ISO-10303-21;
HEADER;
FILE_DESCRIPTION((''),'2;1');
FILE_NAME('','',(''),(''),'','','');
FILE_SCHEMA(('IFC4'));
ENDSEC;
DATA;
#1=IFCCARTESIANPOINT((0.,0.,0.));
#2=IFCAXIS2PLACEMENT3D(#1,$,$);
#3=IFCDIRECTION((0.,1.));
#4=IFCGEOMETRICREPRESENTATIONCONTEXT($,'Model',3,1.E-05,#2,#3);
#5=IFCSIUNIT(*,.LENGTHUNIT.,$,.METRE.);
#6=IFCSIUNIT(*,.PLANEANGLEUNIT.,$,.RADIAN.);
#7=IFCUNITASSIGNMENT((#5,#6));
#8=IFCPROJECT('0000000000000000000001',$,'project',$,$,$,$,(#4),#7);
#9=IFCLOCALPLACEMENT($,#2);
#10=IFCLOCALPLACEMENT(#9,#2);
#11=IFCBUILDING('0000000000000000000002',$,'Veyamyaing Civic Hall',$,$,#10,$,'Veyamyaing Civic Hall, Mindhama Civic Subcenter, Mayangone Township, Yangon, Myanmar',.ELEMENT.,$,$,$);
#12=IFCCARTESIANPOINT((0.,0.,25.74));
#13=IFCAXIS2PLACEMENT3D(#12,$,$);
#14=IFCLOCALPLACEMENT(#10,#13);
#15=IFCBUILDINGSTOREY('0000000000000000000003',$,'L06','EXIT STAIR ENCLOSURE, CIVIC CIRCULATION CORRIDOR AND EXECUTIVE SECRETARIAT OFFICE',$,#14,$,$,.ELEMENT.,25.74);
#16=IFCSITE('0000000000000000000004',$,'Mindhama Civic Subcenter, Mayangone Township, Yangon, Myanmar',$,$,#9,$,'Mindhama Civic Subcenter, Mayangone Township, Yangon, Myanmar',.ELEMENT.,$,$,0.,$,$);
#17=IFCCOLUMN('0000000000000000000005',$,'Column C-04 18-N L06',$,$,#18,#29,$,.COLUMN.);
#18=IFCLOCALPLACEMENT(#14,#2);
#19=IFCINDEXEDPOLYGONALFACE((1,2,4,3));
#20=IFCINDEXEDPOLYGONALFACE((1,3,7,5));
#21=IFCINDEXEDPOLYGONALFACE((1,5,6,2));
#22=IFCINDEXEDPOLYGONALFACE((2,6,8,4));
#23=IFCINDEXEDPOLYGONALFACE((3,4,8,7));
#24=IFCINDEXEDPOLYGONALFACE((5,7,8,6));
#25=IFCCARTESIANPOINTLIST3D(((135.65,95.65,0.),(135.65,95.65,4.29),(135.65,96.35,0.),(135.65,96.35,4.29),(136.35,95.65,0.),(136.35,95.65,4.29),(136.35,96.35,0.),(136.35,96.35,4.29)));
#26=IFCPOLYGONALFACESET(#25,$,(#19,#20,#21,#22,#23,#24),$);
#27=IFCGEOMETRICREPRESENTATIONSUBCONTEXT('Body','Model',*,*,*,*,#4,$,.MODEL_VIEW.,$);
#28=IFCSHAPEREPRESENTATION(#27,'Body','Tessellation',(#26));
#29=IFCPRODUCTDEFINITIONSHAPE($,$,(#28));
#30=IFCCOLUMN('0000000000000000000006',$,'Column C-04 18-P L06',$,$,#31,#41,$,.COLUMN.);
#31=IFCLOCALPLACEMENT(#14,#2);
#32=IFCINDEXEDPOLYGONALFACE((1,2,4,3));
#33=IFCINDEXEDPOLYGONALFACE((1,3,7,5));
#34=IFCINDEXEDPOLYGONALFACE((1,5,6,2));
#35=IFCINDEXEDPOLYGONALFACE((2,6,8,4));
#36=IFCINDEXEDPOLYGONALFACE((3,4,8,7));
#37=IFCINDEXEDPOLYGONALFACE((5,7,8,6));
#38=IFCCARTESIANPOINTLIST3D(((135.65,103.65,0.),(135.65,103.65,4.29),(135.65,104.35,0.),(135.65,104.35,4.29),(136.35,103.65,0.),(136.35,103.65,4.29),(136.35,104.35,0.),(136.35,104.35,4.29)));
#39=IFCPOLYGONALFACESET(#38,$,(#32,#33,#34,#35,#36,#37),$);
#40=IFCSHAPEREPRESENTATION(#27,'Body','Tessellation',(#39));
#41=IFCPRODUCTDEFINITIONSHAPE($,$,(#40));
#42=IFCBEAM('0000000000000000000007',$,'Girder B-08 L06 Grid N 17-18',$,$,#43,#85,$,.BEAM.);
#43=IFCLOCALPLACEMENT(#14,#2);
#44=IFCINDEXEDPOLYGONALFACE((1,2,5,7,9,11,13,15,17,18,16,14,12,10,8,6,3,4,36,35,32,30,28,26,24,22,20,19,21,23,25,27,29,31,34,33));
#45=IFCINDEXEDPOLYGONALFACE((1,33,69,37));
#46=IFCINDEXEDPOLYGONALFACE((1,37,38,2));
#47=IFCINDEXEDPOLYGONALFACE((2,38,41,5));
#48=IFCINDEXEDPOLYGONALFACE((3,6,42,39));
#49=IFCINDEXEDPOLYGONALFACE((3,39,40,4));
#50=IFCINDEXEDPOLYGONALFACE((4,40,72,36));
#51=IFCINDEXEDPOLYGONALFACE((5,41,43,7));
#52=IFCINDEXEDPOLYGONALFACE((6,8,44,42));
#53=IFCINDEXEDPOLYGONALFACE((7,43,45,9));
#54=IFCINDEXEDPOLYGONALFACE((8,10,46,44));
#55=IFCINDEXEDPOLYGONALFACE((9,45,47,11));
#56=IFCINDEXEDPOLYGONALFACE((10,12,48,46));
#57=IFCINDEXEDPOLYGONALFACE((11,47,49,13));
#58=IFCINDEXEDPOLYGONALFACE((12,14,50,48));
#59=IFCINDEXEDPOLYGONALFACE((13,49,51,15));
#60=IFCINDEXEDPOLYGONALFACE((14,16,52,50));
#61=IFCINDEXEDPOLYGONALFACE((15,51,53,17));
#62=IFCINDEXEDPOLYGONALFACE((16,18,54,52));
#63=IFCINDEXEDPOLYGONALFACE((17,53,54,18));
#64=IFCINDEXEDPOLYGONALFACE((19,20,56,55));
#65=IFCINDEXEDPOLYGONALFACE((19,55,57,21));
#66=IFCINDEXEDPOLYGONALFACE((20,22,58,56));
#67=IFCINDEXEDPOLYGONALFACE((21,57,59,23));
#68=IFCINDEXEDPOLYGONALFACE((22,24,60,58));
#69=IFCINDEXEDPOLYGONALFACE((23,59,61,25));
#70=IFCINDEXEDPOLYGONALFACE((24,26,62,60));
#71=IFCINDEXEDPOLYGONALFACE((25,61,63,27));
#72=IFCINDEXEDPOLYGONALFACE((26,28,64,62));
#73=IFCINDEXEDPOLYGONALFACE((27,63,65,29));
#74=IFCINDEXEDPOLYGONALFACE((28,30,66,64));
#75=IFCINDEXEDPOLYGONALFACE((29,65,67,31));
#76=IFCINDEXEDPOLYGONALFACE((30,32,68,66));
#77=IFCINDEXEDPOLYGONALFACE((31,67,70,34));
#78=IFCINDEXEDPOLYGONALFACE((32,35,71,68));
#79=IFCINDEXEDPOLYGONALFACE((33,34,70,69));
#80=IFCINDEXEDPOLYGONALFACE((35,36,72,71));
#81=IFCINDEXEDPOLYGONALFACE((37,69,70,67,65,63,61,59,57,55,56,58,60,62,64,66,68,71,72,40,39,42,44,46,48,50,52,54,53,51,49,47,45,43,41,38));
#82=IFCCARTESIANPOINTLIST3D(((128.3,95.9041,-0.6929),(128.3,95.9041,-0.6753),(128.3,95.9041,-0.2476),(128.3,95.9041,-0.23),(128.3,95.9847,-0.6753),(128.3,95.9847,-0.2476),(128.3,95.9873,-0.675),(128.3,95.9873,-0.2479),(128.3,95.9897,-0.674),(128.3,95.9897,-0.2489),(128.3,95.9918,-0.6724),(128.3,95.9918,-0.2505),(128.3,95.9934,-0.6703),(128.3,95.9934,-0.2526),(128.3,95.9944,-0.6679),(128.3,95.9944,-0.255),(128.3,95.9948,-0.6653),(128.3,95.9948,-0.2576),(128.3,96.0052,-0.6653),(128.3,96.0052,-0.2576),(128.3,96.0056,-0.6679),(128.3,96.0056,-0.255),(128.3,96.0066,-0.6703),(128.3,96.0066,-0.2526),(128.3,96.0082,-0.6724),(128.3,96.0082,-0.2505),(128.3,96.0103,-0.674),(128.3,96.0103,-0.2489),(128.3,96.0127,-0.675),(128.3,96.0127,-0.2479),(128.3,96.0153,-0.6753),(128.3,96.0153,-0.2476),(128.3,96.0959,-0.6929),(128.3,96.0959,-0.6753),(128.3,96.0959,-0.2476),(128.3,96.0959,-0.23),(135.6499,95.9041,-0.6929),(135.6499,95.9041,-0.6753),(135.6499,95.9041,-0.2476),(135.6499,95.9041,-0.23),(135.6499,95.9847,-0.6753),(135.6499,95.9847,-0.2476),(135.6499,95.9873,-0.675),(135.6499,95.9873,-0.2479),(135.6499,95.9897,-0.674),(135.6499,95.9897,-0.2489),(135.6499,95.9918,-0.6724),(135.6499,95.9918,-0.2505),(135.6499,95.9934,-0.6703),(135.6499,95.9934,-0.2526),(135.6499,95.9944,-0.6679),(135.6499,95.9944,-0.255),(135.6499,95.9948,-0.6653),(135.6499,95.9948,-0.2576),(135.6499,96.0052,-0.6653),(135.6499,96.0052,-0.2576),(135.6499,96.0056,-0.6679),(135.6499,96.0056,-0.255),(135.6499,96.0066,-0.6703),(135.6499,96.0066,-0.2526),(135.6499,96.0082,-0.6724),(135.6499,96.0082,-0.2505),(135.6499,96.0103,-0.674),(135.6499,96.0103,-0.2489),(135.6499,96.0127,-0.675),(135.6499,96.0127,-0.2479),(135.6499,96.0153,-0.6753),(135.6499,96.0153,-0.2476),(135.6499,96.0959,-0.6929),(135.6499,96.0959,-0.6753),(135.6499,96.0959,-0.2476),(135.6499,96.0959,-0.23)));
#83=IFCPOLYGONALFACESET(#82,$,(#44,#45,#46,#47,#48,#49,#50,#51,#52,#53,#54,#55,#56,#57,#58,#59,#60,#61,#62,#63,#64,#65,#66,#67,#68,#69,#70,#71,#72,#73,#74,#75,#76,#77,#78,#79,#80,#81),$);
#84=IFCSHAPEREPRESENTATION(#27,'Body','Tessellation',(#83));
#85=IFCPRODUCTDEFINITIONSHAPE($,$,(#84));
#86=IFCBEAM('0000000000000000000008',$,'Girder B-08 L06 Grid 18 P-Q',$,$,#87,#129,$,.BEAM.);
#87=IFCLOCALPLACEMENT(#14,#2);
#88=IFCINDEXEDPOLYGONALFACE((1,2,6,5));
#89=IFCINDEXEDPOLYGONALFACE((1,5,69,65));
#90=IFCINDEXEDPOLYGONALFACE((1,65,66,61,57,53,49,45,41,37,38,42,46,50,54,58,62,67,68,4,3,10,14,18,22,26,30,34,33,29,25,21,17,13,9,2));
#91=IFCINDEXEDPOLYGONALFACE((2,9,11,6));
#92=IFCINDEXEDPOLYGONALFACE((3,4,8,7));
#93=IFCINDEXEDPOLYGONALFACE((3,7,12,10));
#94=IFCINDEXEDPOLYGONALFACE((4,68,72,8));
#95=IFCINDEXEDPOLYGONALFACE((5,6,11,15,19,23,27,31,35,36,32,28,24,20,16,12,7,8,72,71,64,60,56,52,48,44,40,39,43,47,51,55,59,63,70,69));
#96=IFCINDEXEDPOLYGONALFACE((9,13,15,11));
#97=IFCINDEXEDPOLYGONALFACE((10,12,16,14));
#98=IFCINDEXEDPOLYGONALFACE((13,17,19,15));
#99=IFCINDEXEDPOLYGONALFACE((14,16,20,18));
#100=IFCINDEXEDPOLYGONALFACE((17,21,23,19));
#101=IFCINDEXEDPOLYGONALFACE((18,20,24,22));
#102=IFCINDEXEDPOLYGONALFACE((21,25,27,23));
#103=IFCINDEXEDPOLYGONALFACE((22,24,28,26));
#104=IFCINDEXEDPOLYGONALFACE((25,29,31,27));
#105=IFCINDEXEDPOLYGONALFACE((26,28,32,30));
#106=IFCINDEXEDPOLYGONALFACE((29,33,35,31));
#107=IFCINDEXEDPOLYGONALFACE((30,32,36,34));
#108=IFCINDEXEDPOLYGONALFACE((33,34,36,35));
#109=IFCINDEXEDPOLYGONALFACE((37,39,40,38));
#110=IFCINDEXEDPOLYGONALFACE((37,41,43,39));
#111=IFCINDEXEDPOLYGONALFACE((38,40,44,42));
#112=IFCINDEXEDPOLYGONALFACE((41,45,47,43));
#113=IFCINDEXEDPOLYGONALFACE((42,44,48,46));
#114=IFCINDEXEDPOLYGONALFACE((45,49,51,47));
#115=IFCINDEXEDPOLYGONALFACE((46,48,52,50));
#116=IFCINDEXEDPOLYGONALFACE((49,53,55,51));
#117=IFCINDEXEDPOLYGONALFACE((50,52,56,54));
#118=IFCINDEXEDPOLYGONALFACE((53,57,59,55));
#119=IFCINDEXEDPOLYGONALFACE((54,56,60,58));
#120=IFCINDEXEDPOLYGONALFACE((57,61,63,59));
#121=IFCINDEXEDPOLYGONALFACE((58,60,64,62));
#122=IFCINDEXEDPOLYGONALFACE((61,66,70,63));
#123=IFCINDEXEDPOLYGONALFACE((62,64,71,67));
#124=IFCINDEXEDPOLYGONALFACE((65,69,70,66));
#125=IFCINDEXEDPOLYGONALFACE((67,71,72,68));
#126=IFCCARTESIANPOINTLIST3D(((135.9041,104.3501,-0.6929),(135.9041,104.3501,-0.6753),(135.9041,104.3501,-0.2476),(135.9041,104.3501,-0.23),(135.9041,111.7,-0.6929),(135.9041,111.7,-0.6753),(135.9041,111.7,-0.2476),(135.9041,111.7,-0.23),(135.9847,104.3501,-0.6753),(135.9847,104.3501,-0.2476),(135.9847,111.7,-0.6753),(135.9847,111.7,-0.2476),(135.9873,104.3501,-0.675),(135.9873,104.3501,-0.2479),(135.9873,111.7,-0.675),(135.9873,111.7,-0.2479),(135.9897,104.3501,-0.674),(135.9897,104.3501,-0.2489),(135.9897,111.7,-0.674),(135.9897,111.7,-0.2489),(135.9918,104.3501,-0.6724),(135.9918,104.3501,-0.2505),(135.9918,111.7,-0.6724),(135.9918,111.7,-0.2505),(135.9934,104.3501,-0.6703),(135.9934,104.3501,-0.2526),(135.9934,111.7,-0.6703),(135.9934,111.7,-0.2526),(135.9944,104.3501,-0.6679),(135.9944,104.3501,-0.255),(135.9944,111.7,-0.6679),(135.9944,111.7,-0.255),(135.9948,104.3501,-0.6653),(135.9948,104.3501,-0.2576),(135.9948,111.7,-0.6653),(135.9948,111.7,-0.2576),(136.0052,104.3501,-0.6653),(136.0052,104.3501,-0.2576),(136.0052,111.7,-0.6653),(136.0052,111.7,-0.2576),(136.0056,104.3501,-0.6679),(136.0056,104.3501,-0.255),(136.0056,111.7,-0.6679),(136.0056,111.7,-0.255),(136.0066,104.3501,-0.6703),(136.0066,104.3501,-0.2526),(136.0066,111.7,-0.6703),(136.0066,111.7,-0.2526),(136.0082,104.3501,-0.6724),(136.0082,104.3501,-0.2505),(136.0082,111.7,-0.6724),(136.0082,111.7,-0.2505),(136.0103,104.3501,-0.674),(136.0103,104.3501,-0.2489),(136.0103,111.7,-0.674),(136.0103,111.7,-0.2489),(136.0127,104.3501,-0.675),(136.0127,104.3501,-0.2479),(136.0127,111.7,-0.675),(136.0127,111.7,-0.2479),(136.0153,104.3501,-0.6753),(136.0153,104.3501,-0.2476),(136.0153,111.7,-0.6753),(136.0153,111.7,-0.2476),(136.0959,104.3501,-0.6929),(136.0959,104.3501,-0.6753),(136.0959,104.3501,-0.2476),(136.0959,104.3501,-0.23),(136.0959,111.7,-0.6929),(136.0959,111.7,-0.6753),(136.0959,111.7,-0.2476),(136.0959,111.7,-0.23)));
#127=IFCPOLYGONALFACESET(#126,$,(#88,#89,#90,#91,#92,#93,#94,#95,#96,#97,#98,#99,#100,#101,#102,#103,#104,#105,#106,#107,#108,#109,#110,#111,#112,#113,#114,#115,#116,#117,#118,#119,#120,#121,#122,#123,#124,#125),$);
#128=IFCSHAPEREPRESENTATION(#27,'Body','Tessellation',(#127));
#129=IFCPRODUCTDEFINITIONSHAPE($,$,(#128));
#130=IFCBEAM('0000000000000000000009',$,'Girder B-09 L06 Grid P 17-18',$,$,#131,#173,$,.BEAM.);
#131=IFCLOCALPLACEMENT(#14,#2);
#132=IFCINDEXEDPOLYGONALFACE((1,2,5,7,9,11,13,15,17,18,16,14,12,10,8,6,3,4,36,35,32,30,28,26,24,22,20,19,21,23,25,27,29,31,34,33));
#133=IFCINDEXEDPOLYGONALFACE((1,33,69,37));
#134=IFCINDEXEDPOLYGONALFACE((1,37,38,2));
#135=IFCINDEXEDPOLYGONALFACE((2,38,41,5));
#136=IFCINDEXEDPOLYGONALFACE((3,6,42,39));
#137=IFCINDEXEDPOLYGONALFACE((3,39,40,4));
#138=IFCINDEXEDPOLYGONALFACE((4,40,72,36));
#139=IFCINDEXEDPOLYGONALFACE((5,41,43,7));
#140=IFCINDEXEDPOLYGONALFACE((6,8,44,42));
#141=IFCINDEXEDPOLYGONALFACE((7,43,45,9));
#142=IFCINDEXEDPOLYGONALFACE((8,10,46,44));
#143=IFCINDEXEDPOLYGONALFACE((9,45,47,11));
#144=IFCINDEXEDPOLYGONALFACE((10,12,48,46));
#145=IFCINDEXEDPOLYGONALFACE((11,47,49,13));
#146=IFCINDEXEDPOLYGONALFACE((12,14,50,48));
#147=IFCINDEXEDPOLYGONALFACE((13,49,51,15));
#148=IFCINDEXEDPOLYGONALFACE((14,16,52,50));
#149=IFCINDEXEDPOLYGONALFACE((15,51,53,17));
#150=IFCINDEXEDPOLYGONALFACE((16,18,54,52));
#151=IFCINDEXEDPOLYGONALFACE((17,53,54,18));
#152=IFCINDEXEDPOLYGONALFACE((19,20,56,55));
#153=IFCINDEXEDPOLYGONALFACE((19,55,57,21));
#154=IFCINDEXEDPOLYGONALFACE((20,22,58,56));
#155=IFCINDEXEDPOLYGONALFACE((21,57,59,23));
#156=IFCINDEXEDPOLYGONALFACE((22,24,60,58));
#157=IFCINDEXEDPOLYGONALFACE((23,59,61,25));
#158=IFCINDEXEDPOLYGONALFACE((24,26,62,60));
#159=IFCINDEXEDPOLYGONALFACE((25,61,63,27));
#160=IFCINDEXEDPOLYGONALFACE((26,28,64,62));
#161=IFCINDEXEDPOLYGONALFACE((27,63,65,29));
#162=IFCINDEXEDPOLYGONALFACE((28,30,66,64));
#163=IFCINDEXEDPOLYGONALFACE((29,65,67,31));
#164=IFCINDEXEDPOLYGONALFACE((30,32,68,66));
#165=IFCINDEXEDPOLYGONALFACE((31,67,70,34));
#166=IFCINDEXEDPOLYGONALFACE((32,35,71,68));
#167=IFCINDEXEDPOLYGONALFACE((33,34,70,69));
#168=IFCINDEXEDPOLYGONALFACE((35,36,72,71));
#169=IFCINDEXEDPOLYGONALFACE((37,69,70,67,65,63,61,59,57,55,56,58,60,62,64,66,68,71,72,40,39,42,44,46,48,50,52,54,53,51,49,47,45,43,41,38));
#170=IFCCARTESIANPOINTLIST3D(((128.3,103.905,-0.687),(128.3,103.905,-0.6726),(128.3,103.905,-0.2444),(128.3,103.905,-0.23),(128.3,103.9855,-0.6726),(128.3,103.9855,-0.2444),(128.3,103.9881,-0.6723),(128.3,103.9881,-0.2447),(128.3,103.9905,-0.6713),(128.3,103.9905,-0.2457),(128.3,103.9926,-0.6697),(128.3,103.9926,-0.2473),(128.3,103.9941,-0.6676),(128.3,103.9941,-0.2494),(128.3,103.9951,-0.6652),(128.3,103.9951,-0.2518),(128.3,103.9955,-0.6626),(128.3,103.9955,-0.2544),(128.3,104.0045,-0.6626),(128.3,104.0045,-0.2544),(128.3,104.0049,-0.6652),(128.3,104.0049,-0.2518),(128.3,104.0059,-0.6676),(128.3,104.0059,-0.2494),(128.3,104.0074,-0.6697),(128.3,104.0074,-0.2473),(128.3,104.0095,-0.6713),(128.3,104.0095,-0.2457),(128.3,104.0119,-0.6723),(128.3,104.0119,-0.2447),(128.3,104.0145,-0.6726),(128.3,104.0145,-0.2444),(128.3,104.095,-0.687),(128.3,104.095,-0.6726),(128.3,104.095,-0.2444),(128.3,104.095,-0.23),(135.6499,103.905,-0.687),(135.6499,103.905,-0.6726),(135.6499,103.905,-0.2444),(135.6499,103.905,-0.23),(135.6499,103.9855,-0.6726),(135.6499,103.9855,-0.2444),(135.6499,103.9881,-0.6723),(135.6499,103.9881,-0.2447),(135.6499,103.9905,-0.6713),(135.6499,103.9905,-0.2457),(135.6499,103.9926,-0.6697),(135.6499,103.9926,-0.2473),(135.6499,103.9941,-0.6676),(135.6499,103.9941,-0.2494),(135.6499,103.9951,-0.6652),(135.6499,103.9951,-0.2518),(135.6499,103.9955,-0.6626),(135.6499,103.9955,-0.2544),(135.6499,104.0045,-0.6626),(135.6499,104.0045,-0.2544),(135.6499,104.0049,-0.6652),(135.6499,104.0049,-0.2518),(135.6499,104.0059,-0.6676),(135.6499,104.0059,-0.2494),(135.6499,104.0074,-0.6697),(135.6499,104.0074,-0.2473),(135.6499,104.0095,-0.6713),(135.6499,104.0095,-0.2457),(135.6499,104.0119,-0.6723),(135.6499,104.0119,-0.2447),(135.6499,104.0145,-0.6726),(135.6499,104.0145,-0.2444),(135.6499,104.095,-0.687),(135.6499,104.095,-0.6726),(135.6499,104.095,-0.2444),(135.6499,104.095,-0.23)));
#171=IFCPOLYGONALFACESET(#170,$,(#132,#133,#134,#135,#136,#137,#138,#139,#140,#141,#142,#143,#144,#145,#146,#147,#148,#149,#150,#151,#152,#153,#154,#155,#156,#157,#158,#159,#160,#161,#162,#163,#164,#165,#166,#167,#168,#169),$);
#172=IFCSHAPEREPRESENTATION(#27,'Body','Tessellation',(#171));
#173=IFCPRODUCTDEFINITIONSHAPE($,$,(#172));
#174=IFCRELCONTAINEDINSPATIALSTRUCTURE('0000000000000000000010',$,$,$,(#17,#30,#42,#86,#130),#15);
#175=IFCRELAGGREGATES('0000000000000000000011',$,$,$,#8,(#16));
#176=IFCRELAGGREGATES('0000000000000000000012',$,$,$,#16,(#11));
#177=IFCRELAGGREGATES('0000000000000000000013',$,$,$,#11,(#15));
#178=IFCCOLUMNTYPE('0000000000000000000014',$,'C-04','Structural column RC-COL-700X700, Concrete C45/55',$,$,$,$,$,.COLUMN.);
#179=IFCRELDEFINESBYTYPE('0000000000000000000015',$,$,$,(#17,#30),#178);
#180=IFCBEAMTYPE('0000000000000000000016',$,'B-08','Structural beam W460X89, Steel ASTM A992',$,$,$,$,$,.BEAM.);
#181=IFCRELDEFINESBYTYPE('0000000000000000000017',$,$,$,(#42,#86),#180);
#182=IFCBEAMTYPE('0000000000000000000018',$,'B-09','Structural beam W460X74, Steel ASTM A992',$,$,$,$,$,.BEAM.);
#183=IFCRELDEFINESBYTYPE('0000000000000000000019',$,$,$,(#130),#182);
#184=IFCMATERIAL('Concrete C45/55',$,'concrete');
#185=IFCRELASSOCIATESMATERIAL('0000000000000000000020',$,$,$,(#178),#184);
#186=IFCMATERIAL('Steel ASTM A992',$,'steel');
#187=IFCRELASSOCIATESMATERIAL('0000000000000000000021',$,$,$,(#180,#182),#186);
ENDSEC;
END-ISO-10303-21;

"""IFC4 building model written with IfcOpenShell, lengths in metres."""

from ifc_helpers import new_model, si_unit, direction, frame, origin, origin_2d, place, context, subcontext, project, spatial, rectangle, i_section, extrude, material, material_profile, profile_set, type_object, element, save


model = new_model("IFC4")

# Units and contexts
model_context = context("Model", 3, precision=1e-05, world=origin(), true_north=direction((0.0, 1.0)))
body_context = subcontext(model_context, "Body", "Model", "MODEL_VIEW")
ifc_project = project(units=[si_unit("LENGTHUNIT", "METRE"), si_unit("PLANEANGLEUNIT", "RADIAN")], contexts=[model_context])

# Site, building, storey
site_placement = place(None, origin())
site = spatial("IfcSite", under=ifc_project, at=site_placement, Name="Mindhama Civic Subcenter, Mayangone Township, Yangon, Myanmar", LongName="Mindhama Civic Subcenter, Mayangone Township, Yangon, Myanmar", CompositionType="ELEMENT", RefElevation=0.0)
building_placement = place(site_placement, origin())
building = spatial("IfcBuilding", under=site, at=building_placement, Name="Veyamyaing Civic Hall", LongName="Veyamyaing Civic Hall, Mindhama Civic Subcenter, Mayangone Township, Yangon, Myanmar", CompositionType="ELEMENT")
storey_placement = place(building_placement, frame((0.0, 0.0, 25.74)))
storey = spatial("IfcBuildingStorey", under=building, at=storey_placement, Name="L06", Description="EXIT STAIR ENCLOSURE, CIVIC CIRCULATION CORRIDOR AND EXECUTIVE SECRETARIAT OFFICE", CompositionType="ELEMENT", Elevation=25.74)

# Columns
ifc_material_1 = material(Name="Concrete C45/55", Category="concrete")
ifc_material_profile_1 = material_profile(ifc_material_1, rectangle(XDim=0.7, YDim=0.7, at=origin_2d()), Name="RC-COL-700X700")
ifc_profile_set_1 = profile_set([ifc_material_profile_1], Name="Concrete C45/55")
column_type = type_object("IfcColumnType", Name="C-04", Description="Structural column RC-COL-700X700, Concrete C45/55", PredefinedType="COLUMN", material=ifc_profile_set_1)
for number, where, z_axis, x_axis, name in (
    (1, (136.0, 96.0, 0.0), (0.0, 0.0, 1.0), (1.0, 0.0, 0.0), "Column C-04 18-N L06"),
    (2, (136.0, 104.0, 0.0), (0.0, 0.0, 1.0), (1.0, 0.0, 0.0), "Column C-04 18-P L06"),
):
    element("IfcColumn", number, at=place(storey_placement, frame(where, z_axis=z_axis, x_axis=x_axis)), inside=storey, type_object=column_type, Name=name, PredefinedType="COLUMN", context=body_context, shape_type="SweptSolid", body=[
        extrude(rectangle(XDim=0.7, YDim=0.7, at=origin_2d()), origin(), (0.0, 0.0, 1.0), 4.29),
    ])

# Beams
ifc_material_2 = material(Name="Steel ASTM A992", Category="steel")
ifc_material_profile_2 = material_profile(ifc_material_2, i_section(OverallWidth=0.1919, OverallDepth=0.4629, WebThickness=0.0105, FlangeThickness=0.0176, FilletRadius=0.01, at=origin_2d()), Name="W460X89")
ifc_profile_set_2 = profile_set([ifc_material_profile_2], Name="Steel ASTM A992")
beam_type_1 = type_object("IfcBeamType", Name="B-08", Description="Structural beam W460X89, Steel ASTM A992", PredefinedType="BEAM", material=ifc_profile_set_2)
for number, where, z_axis, x_axis, name in (
    (3, (128.3, 96.0, -0.4614), (1.0, 0.0, 0.0), (0.0, 1.0, 0.0), "Girder B-08 L06 Grid N 17-18"),
    (4, (136.0, 104.3501, -0.4614), (0.0, 1.0, 0.0), (-1.0, 0.0, 0.0), "Girder B-08 L06 Grid 18 P-Q"),
):
    element("IfcBeam", number, at=place(storey_placement, frame(where, z_axis=z_axis, x_axis=x_axis)), inside=storey, type_object=beam_type_1, Name=name, PredefinedType="BEAM", context=body_context, shape_type="SweptSolid", body=[
        extrude(i_section(OverallWidth=0.1919, OverallDepth=0.4629, WebThickness=0.0105, FlangeThickness=0.0176, FilletRadius=0.01, at=origin_2d()), origin(), (0.0, 0.0, 1.0), 7.3499),
    ])
ifc_material_profile_3 = material_profile(ifc_material_2, i_section(OverallWidth=0.1899, OverallDepth=0.457, WebThickness=0.009, FlangeThickness=0.0144, FilletRadius=0.01, at=origin_2d()), Name="W460X74")
ifc_profile_set_3 = profile_set([ifc_material_profile_3], Name="Steel ASTM A992")
beam_type_2 = type_object("IfcBeamType", Name="B-09", Description="Structural beam W460X74, Steel ASTM A992", PredefinedType="BEAM", material=ifc_profile_set_3)
beam_1_placement = place(storey_placement, frame((128.3, 104.0, -0.4585), z_axis=(1.0, 0.0, 0.0), x_axis=(0.0, 1.0, 0.0)))
element("IfcBeam", 5, at=beam_1_placement, inside=storey, type_object=beam_type_2, Name="Girder B-09 L06 Grid P 17-18", PredefinedType="BEAM", context=body_context, shape_type="SweptSolid", body=[
    extrude(i_section(OverallWidth=0.1899, OverallDepth=0.457, WebThickness=0.009, FlangeThickness=0.0144, FilletRadius=0.01, at=origin_2d()), origin(), (0.0, 0.0, 1.0), 7.3499),
])

save(model, "model.ifc")
